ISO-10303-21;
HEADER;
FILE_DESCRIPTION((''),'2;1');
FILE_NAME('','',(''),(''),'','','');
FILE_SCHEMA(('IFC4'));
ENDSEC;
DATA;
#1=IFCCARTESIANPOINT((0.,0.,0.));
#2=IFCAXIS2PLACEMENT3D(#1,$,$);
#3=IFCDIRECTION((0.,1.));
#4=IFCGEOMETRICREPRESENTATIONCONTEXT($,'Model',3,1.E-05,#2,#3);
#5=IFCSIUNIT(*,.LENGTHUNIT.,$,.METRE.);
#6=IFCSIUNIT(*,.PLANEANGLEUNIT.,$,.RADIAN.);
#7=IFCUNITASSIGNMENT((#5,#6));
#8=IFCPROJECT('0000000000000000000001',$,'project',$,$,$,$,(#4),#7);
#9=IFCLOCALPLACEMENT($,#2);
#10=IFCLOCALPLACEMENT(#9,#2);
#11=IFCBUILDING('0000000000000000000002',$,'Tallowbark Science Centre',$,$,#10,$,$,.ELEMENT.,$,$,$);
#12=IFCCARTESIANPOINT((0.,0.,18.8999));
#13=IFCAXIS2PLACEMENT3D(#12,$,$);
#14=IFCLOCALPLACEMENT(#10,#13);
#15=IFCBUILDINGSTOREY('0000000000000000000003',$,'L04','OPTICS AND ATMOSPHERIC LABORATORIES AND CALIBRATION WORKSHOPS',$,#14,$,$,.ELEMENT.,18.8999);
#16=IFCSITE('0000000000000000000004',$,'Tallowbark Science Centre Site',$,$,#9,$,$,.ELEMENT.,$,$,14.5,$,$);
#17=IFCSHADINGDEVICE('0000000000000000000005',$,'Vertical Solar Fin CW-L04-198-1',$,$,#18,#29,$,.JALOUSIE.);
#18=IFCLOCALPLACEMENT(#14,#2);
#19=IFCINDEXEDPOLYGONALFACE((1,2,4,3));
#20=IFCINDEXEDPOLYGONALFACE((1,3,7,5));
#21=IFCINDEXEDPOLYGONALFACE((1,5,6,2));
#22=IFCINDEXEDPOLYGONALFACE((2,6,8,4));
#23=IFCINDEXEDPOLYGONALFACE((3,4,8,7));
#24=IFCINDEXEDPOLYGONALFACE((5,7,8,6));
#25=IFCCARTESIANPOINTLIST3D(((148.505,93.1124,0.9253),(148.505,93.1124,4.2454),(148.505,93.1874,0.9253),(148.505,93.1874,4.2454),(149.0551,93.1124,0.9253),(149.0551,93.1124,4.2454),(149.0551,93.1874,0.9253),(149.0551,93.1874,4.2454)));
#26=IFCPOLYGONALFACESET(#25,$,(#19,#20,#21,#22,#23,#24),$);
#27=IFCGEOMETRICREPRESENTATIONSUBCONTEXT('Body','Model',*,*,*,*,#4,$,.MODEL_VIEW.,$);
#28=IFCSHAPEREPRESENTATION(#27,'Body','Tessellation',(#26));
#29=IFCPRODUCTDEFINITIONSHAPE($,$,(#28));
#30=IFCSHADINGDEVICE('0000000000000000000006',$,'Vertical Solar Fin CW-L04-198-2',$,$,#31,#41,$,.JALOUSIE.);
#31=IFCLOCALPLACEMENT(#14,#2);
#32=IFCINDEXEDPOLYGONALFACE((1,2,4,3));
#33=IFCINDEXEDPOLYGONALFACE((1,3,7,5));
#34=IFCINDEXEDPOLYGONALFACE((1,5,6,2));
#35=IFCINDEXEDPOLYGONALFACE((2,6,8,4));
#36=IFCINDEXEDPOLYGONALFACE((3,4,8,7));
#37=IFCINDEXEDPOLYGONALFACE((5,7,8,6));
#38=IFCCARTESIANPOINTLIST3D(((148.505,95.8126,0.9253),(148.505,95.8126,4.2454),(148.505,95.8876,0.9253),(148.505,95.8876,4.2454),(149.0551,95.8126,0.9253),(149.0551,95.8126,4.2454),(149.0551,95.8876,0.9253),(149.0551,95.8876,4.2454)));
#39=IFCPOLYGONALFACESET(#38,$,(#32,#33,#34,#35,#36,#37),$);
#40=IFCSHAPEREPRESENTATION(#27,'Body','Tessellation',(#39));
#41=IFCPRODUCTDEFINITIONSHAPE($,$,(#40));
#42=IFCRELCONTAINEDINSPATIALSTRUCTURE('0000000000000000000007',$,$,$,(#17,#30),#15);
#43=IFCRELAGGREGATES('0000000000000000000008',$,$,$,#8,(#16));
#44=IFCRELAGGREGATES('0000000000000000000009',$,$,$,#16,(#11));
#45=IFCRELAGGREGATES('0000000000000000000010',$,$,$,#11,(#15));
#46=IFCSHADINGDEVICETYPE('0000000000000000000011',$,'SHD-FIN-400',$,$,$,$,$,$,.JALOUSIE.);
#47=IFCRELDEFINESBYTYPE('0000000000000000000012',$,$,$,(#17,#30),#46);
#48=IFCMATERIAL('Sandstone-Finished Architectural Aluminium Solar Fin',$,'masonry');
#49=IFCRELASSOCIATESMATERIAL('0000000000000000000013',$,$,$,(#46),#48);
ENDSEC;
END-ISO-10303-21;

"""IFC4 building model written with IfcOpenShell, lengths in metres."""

from ifc_helpers import new_model, si_unit, direction, frame, origin, origin_2d, place, context, subcontext, project, spatial, rectangle, extrude, material, type_object, element, save


model = new_model("IFC4")

# Units and contexts
model_context = context("Model", 3, precision=1e-05, world=origin(), true_north=direction((0.0, 1.0)))
body_context = subcontext(model_context, "Body", "Model", "MODEL_VIEW")
ifc_project = project(units=[si_unit("LENGTHUNIT", "METRE"), si_unit("PLANEANGLEUNIT", "RADIAN")], contexts=[model_context])

# Site, building, storey
site_placement = place(None, origin())
site = spatial("IfcSite", under=ifc_project, at=site_placement, Name="Tallowbark Science Centre Site", CompositionType="ELEMENT", RefElevation=14.5)
building_placement = place(site_placement, origin())
building = spatial("IfcBuilding", under=site, at=building_placement, Name="Tallowbark Science Centre", CompositionType="ELEMENT")
storey_placement = place(building_placement, frame((0.0, 0.0, 18.8999)))
storey = spatial("IfcBuildingStorey", under=building, at=storey_placement, Name="L04", Description="OPTICS AND ATMOSPHERIC LABORATORIES AND CALIBRATION WORKSHOPS", CompositionType="ELEMENT", Elevation=18.8999)

# Shading devices
ifc_material_1 = material(Name="Sandstone-Finished Architectural Aluminium Solar Fin", Category="masonry")
shading_device_type = type_object("IfcShadingDeviceType", Name="SHD-FIN-400", PredefinedType="JALOUSIE", material=ifc_material_1)
for number, where, z_axis, x_axis, name in (
    (1, (148.78, 93.1499, 0.9253), (0.0, 0.0, 1.0), (0.0, 1.0, 0.0), "Vertical Solar Fin CW-L04-198-1"),
    (2, (148.78, 95.8501, 0.9253), (0.0, 0.0, 1.0), (0.0, 1.0, 0.0), "Vertical Solar Fin CW-L04-198-2"),
):
    element("IfcShadingDevice", number, at=place(storey_placement, frame(where, z_axis=z_axis, x_axis=x_axis)), inside=storey, type_object=shading_device_type, Name=name, PredefinedType="JALOUSIE", context=body_context, shape_type="SweptSolid", body=[
        extrude(rectangle(XDim=0.075, YDim=0.55, at=origin_2d()), origin(), (0.0, 0.0, 1.0), 3.3201),
    ])

save(model, "model.ifc")
